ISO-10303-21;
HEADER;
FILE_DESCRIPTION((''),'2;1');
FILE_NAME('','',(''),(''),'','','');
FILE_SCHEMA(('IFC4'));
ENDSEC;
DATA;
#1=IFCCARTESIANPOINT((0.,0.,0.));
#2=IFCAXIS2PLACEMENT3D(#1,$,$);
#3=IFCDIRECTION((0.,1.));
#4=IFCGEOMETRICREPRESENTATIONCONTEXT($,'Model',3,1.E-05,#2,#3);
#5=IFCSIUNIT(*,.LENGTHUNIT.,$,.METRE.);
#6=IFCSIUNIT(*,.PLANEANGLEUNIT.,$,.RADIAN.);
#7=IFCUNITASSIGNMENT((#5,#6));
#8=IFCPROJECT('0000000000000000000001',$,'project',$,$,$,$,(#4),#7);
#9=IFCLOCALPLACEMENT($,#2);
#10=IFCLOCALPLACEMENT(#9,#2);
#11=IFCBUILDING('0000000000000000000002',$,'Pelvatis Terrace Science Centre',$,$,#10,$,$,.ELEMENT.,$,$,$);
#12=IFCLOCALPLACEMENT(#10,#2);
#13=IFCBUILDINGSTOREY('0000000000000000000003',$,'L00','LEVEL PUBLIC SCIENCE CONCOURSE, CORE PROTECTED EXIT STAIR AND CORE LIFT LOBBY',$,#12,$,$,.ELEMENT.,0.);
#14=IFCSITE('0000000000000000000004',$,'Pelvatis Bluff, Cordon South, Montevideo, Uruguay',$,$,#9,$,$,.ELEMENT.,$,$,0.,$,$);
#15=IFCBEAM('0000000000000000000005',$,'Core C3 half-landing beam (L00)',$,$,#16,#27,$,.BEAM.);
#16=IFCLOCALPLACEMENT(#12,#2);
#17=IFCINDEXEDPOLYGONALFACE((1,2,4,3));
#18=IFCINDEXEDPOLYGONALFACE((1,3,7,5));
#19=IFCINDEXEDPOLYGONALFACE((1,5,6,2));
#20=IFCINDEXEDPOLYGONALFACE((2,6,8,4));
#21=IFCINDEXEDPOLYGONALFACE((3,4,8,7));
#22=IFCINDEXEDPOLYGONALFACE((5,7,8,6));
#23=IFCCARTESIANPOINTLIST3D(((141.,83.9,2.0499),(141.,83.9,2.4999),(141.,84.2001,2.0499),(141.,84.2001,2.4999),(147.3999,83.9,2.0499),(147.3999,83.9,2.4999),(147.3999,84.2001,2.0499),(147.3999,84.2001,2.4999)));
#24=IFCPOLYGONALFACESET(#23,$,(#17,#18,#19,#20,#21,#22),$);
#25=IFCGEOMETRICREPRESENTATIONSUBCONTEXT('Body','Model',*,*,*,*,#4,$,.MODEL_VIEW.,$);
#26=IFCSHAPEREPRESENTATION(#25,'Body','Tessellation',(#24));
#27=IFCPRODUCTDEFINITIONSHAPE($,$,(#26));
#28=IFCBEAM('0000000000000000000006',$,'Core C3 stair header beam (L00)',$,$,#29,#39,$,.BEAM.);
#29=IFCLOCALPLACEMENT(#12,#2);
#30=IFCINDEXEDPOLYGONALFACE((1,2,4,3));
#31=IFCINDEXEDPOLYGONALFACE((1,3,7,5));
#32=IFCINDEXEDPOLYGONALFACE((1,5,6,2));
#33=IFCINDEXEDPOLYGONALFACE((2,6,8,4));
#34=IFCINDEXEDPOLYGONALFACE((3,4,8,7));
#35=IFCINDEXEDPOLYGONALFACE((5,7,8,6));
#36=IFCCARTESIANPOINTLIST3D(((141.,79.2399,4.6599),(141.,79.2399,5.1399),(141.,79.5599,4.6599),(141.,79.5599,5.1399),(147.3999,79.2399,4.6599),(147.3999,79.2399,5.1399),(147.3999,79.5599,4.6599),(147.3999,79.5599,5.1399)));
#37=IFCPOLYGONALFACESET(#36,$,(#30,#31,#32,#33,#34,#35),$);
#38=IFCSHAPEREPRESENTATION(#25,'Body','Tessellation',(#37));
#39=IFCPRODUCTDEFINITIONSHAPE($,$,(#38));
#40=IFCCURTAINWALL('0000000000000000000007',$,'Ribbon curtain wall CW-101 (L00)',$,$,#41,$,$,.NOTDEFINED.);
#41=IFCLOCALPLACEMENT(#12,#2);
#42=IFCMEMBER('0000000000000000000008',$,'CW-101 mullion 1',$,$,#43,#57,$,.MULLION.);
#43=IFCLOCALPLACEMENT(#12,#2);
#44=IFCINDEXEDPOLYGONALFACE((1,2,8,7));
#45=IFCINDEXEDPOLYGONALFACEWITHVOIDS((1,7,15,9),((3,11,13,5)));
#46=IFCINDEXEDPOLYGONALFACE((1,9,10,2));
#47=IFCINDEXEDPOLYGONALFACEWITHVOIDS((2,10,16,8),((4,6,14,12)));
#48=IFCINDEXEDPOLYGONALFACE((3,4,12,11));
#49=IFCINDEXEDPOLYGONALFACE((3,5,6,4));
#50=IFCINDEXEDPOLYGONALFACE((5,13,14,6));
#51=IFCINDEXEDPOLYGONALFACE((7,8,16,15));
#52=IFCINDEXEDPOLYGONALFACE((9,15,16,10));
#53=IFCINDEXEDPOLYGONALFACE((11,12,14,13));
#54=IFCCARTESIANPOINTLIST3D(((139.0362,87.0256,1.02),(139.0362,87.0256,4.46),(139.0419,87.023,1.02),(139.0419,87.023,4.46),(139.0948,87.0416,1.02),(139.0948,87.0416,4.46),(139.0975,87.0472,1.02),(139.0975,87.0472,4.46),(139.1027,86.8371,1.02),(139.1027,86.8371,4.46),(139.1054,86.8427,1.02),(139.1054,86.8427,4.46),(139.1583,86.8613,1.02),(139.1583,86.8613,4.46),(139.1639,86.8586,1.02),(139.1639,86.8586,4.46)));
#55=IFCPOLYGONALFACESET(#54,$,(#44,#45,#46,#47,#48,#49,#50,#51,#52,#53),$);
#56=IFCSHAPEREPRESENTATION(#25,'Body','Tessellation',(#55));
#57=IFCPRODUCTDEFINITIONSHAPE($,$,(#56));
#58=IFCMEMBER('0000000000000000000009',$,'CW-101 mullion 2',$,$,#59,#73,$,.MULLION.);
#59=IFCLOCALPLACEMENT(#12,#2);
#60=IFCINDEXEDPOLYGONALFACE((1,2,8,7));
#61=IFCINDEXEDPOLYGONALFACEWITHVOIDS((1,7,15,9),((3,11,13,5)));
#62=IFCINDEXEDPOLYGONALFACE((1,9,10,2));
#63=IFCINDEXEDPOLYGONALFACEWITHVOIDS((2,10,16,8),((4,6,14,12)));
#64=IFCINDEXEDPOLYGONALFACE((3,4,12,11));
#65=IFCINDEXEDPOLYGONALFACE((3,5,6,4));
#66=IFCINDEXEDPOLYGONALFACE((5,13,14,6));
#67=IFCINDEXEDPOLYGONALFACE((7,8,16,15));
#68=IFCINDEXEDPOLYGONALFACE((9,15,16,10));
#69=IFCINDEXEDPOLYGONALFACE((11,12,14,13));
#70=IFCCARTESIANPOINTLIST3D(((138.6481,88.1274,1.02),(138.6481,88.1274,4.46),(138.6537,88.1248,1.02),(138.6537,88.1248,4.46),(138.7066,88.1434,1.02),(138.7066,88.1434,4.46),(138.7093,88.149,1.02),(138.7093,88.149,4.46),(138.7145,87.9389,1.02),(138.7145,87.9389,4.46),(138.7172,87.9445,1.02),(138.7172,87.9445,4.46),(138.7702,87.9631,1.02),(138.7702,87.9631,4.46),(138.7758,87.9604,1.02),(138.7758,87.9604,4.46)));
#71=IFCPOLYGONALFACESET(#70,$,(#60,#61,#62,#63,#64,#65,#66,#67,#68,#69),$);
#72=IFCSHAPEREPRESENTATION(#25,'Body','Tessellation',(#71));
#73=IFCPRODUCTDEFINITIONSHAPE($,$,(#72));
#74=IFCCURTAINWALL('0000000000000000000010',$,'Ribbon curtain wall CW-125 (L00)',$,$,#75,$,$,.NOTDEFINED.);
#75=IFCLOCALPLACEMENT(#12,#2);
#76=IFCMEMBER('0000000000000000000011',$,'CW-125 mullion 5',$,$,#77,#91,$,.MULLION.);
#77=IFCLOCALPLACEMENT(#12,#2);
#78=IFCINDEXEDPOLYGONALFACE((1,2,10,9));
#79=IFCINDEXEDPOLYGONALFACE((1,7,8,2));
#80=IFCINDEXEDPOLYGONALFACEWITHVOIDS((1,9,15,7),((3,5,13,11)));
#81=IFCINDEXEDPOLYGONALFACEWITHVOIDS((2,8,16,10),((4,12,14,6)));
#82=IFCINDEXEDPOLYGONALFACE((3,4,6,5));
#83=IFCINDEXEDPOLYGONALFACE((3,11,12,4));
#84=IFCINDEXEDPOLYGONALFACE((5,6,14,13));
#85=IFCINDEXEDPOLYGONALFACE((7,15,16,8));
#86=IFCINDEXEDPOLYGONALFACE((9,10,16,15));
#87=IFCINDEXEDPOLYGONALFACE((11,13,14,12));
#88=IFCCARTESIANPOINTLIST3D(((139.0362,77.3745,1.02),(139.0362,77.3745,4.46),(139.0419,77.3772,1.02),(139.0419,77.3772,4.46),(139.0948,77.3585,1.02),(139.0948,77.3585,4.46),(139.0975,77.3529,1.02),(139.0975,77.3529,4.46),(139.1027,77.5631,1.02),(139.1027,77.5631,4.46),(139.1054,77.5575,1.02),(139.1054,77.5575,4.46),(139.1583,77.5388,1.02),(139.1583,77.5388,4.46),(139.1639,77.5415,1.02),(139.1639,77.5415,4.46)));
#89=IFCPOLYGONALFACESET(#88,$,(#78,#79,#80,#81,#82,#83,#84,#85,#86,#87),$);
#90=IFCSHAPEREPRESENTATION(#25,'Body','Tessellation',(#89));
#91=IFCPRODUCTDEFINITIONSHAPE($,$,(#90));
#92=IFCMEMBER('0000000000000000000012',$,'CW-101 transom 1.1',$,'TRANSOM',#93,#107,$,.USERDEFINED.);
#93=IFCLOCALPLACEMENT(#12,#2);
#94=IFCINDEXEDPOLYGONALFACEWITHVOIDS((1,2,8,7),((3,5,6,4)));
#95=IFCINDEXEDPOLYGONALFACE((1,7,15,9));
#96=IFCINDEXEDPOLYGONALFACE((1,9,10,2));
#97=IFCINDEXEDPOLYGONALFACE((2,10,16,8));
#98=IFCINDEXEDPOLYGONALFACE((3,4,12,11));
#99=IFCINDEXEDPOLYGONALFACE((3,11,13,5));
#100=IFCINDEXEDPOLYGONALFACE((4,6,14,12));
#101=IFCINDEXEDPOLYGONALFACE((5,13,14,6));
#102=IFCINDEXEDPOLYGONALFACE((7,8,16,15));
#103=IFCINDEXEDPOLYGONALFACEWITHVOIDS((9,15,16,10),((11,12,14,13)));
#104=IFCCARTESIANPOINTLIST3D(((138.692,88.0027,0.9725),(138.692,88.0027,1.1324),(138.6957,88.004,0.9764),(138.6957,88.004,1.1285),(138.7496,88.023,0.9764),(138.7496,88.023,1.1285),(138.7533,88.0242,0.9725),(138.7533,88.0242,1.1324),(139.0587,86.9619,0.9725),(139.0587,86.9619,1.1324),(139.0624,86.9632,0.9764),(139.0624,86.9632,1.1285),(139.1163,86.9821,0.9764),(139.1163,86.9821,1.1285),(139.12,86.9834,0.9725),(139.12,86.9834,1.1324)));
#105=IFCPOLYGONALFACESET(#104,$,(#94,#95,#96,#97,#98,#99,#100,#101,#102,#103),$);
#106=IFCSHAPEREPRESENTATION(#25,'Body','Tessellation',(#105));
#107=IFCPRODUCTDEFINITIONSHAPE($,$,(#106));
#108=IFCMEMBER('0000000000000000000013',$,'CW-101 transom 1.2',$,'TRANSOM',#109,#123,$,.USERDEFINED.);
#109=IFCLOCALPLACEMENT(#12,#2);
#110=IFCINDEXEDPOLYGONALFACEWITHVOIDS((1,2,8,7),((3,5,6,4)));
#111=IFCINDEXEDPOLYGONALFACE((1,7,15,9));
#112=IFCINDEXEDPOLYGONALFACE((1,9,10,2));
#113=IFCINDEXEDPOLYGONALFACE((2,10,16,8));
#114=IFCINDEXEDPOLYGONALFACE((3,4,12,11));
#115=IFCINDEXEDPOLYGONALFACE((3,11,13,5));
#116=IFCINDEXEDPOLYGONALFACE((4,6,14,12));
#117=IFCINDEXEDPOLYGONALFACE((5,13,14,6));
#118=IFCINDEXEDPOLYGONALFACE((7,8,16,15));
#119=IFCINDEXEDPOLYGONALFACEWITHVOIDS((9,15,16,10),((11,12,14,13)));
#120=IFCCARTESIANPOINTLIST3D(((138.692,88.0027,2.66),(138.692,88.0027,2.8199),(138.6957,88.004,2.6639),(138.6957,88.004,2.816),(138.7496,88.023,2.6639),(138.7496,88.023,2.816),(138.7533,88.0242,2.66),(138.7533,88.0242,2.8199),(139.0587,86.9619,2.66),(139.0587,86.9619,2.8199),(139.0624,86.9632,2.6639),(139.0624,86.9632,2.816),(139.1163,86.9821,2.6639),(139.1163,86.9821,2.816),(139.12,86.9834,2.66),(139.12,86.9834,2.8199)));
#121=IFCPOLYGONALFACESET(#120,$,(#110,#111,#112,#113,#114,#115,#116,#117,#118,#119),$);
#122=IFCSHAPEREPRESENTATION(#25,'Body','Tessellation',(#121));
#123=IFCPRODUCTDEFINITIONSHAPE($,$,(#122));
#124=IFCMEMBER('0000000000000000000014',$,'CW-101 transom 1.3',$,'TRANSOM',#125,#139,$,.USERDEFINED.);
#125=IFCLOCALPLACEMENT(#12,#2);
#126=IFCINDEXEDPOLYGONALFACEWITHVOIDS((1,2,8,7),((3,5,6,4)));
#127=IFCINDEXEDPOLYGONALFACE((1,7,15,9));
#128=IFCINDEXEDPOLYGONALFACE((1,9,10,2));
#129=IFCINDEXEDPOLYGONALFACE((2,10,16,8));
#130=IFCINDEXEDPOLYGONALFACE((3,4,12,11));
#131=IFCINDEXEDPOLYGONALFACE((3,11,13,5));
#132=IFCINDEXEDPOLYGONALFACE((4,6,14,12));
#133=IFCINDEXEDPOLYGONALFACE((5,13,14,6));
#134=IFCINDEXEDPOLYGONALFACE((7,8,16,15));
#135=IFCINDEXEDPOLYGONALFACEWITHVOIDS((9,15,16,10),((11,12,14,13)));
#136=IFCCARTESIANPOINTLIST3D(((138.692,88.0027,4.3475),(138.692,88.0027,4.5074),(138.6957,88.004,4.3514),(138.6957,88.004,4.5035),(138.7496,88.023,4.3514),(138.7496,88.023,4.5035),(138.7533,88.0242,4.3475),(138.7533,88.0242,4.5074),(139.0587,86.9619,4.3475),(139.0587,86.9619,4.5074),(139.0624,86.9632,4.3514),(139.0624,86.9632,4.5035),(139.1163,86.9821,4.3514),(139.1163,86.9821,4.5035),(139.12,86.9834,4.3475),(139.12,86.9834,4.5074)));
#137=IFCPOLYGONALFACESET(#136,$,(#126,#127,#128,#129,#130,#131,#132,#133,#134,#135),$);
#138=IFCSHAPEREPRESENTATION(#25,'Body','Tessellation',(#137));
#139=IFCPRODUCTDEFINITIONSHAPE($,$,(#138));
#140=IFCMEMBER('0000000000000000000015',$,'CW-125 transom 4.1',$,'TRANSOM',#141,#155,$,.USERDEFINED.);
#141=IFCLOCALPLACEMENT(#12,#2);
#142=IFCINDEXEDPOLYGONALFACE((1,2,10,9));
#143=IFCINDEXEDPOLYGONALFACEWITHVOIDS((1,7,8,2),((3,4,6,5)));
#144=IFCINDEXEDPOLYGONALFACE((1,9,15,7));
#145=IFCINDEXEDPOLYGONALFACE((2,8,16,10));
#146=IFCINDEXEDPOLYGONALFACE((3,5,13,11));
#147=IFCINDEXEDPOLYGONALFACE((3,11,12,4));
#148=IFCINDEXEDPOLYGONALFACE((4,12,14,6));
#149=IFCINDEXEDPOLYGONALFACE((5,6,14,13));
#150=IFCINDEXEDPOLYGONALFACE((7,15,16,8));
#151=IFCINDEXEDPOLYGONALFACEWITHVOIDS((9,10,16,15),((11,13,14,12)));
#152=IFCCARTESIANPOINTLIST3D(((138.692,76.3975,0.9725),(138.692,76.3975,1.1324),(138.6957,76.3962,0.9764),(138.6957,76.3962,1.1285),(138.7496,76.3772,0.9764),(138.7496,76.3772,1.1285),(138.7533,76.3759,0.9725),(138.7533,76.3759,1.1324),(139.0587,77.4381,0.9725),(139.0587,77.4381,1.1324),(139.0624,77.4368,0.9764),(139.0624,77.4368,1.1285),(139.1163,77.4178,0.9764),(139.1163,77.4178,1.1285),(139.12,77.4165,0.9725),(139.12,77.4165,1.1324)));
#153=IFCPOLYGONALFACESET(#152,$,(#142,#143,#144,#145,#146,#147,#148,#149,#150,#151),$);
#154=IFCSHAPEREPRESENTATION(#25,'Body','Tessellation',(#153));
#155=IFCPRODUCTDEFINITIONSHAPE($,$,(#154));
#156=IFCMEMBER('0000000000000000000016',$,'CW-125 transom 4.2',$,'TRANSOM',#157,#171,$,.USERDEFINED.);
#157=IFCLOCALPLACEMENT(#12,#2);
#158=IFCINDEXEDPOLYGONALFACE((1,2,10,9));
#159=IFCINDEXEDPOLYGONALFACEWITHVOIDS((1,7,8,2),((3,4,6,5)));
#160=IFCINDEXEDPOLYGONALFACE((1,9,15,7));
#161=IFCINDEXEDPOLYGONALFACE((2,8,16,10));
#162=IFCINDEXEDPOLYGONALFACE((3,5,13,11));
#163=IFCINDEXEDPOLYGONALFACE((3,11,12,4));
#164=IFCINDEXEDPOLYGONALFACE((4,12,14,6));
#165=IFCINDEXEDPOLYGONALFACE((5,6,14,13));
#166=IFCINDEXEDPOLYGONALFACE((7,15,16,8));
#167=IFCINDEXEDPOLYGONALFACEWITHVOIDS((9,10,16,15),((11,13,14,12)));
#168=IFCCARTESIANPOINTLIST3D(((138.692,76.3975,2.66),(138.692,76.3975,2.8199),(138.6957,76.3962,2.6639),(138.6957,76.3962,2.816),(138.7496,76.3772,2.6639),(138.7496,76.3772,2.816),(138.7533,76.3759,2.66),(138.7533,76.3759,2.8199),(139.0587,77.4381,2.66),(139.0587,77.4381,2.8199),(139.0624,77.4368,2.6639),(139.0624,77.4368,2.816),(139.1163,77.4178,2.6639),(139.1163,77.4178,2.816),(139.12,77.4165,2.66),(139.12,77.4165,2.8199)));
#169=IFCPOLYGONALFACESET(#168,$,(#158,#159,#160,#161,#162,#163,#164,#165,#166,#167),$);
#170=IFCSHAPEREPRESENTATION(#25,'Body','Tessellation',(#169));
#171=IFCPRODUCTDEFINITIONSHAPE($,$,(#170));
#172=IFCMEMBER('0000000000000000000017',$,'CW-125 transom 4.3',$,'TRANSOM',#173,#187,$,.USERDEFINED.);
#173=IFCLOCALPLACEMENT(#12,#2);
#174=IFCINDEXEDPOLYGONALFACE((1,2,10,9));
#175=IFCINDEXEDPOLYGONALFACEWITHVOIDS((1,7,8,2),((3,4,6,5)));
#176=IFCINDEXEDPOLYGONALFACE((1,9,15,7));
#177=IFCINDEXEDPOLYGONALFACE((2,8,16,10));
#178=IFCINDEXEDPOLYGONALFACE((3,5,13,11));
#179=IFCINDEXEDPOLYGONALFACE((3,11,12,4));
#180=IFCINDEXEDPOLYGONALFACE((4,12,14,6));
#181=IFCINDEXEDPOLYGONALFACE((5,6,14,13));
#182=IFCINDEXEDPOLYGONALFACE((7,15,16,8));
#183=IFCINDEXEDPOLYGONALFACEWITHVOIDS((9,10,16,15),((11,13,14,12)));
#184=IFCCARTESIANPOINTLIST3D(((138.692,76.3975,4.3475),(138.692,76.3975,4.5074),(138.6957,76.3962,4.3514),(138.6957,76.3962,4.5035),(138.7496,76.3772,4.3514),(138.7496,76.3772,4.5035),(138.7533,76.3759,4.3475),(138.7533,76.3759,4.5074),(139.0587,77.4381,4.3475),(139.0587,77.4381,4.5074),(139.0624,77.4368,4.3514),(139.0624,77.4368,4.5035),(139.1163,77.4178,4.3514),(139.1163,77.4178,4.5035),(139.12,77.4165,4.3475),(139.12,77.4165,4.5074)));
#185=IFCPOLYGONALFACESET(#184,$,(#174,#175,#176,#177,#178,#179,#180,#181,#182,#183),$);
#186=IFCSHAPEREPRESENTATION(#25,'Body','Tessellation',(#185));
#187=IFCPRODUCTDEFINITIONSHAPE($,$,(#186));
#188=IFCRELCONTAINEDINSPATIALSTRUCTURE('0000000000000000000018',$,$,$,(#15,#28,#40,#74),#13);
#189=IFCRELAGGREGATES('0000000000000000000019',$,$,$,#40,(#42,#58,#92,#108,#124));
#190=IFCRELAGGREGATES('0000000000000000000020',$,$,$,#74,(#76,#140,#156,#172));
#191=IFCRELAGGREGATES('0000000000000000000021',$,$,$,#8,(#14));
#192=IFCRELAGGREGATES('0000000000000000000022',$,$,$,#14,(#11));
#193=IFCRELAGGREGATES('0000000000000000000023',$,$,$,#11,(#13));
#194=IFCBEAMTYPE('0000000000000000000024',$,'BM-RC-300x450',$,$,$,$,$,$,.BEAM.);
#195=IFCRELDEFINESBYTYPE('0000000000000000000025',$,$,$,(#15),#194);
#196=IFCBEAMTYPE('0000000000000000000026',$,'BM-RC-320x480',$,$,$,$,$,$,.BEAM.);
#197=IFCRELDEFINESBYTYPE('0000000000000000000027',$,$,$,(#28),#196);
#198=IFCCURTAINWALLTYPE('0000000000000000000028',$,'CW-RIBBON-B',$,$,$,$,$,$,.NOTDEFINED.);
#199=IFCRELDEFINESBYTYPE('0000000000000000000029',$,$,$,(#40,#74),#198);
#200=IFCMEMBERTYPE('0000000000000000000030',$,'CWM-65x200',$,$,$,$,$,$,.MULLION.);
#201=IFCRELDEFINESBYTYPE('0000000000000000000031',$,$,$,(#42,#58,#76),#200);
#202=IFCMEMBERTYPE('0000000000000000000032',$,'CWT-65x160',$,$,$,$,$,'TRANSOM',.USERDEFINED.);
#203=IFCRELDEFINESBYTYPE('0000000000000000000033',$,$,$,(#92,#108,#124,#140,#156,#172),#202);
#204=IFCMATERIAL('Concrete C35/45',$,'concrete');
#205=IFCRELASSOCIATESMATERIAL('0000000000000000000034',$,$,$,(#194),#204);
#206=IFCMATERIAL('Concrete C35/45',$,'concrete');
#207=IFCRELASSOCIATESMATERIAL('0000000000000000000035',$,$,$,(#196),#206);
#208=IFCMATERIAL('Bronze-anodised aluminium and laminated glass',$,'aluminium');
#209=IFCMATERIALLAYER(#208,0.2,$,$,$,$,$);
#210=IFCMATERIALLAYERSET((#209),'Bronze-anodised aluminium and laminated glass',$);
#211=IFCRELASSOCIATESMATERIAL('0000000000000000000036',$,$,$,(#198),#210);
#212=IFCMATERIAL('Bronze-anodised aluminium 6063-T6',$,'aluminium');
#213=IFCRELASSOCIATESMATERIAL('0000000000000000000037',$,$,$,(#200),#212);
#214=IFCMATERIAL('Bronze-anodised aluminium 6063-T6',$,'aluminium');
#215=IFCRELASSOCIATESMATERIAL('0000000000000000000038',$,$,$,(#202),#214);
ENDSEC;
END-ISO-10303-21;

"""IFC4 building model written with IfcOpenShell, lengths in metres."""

from ifc_helpers import new_model, si_unit, direction, frame, origin, origin_2d, place, context, subcontext, project, spatial, rectangle, hollow_rectangle, extrude, material, layer, layer_set, material_profile, profile_set, type_object, element, aggregate, save


model = new_model("IFC4")

# Units and contexts
model_context = context("Model", 3, precision=1e-05, world=origin(), true_north=direction((0.0, 1.0)))
body_context = subcontext(model_context, "Body", "Model", "MODEL_VIEW")
ifc_project = project(units=[si_unit("LENGTHUNIT", "METRE"), si_unit("PLANEANGLEUNIT", "RADIAN")], contexts=[model_context])

# Site, building, storey
site_placement = place(None, origin())
site = spatial("IfcSite", under=ifc_project, at=site_placement, Name="Pelvatis Bluff, Cordon South, Montevideo, Uruguay", CompositionType="ELEMENT", RefElevation=0.0)
building_placement = place(site_placement, origin())
building = spatial("IfcBuilding", under=site, at=building_placement, Name="Pelvatis Terrace Science Centre", CompositionType="ELEMENT")
storey_placement = place(building_placement, origin())
storey = spatial("IfcBuildingStorey", under=building, at=storey_placement, Name="L00", Description="LEVEL PUBLIC SCIENCE CONCOURSE, CORE PROTECTED EXIT STAIR AND CORE LIFT LOBBY", CompositionType="ELEMENT", Elevation=0.0)

# Beams
ifc_material_1 = material(Name="Concrete C35/45", Category="concrete")
ifc_material_profile_1 = material_profile(ifc_material_1, rectangle(XDim=0.3, YDim=0.45, at=origin_2d()), Name="RC-BM 300x450")
ifc_profile_set_1 = profile_set([ifc_material_profile_1], Name="Concrete C35/45")
beam_type_1 = type_object("IfcBeamType", Name="BM-RC-300x450", PredefinedType="BEAM", material=ifc_profile_set_1)
beam_1_placement = place(storey_placement, frame((141.0, 84.05, 2.2749), z_axis=(1.0, 0.0, 0.0), x_axis=(0.0, 1.0, 0.0)))
element("IfcBeam", 1, at=beam_1_placement, inside=storey, type_object=beam_type_1, Name="Core C3 half-landing beam (L00)", PredefinedType="BEAM", context=body_context, shape_type="SweptSolid", body=[
    extrude(rectangle(XDim=0.3, YDim=0.45, at=origin_2d()), origin(), (0.0, 0.0, 1.0), 6.3999),
])
ifc_material_2 = material(Name="Concrete C35/45", Category="concrete")
ifc_material_profile_2 = material_profile(ifc_material_2, rectangle(XDim=0.3201, YDim=0.48, at=origin_2d()), Name="RC-BM 320x480")
ifc_profile_set_2 = profile_set([ifc_material_profile_2], Name="Concrete C35/45")
beam_type_2 = type_object("IfcBeamType", Name="BM-RC-320x480", PredefinedType="BEAM", material=ifc_profile_set_2)
beam_2_placement = place(storey_placement, frame((141.0, 79.3999, 4.8999), z_axis=(1.0, 0.0, 0.0), x_axis=(0.0, 1.0, 0.0)))
element("IfcBeam", 2, at=beam_2_placement, inside=storey, type_object=beam_type_2, Name="Core C3 stair header beam (L00)", PredefinedType="BEAM", context=body_context, shape_type="SweptSolid", body=[
    extrude(rectangle(XDim=0.3201, YDim=0.48, at=origin_2d()), origin(), (0.0, 0.0, 1.0), 6.3999),
])

# Curtain wall, members
ifc_material_3 = material(Name="Bronze-anodised aluminium and laminated glass", Category="aluminium")
ifc_layer_1 = layer(ifc_material_3, 0.2)
ifc_layer_set_1 = layer_set([ifc_layer_1], Name="Bronze-anodised aluminium and laminated glass")
curtain_wall_type = type_object("IfcCurtainWallType", Name="CW-RIBBON-B", PredefinedType="NOTDEFINED", material=ifc_layer_set_1)
curtain_wall_1_placement = place(storey_placement, origin())
curtain_wall_1 = element("IfcCurtainWall", 3, at=curtain_wall_1_placement, inside=storey, type_object=curtain_wall_type, Name="Ribbon curtain wall CW-101 (L00)", PredefinedType="NOTDEFINED")
ifc_material_4 = material(Name="Bronze-anodised aluminium 6063-T6", Category="aluminium")
ifc_material_profile_3 = material_profile(ifc_material_4, hollow_rectangle(XDim=0.0649, YDim=0.2, WallThickness=0.0044, at=origin_2d()), Name="ALU-MUL 65x200")
ifc_profile_set_3 = profile_set([ifc_material_profile_3], Name="Bronze-anodised aluminium 6063-T6")
member_type_1 = type_object("IfcMemberType", Name="CWM-65x200", PredefinedType="MULLION", material=ifc_profile_set_3)
member_1_placement = place(storey_placement, frame((139.1001, 86.9421, 1.02), z_axis=(0.0, 0.0, 1.0), x_axis=(-0.943171, -0.332308, 0.0)))
member_1 = element("IfcMember", 4, at=member_1_placement, type_object=member_type_1, Name="CW-101 mullion 1", PredefinedType="MULLION", context=body_context, shape_type="SweptSolid", body=[
    extrude(hollow_rectangle(XDim=0.0649, YDim=0.2, WallThickness=0.0044, at=origin_2d()), origin(), (0.0, 0.0, 1.0), 3.4399),
])
member_2_placement = place(storey_placement, frame((138.7119, 88.0439, 1.02), z_axis=(0.0, 0.0, 1.0), x_axis=(-0.943171, -0.332308, 0.0)))
member_2 = element("IfcMember", 5, at=member_2_placement, type_object=member_type_1, Name="CW-101 mullion 2", PredefinedType="MULLION", context=body_context, shape_type="SweptSolid", body=[
    extrude(hollow_rectangle(XDim=0.0649, YDim=0.2, WallThickness=0.0044, at=origin_2d()), origin(), (0.0, 0.0, 1.0), 3.4399),
])

# Curtain wall, member
curtain_wall_2_placement = place(storey_placement, origin())
curtain_wall_2 = element("IfcCurtainWall", 6, at=curtain_wall_2_placement, inside=storey, type_object=curtain_wall_type, Name="Ribbon curtain wall CW-125 (L00)", PredefinedType="NOTDEFINED")
member_3_placement = place(storey_placement, frame((139.1001, 77.458, 1.02), z_axis=(0.0, 0.0, 1.0), x_axis=(-0.943171, 0.332308, 0.0)))
member_3 = element("IfcMember", 7, at=member_3_placement, type_object=member_type_1, Name="CW-125 mullion 5", PredefinedType="MULLION", context=body_context, shape_type="SweptSolid", body=[
    extrude(hollow_rectangle(XDim=0.0649, YDim=0.2, WallThickness=0.0044, at=origin_2d()), origin(), (0.0, 0.0, 1.0), 3.4399),
])

# Members
ifc_material_5 = material(Name="Bronze-anodised aluminium 6063-T6", Category="aluminium")
ifc_material_profile_4 = material_profile(ifc_material_5, hollow_rectangle(XDim=0.0649, YDim=0.1599, WallThickness=0.0039, at=origin_2d()), Name="ALU-TRN 65x160")
ifc_profile_set_4 = profile_set([ifc_material_profile_4], Name="Bronze-anodised aluminium 6063-T6")
member_type_2 = type_object("IfcMemberType", Name="CWT-65x160", ElementType="TRANSOM", PredefinedType="USERDEFINED", material=ifc_profile_set_4)
member_4_placement = place(storey_placement, frame((139.0894, 86.9727, 1.0525), z_axis=(-0.332311, 0.94317, 0.0), x_axis=(-0.94317, -0.332311, 0.0)))
member_4 = element("IfcMember", 8, at=member_4_placement, type_object=member_type_2, Name="CW-101 transom 1.1", ObjectType="TRANSOM", PredefinedType="USERDEFINED", context=body_context, shape_type="SweptSolid", body=[
    extrude(hollow_rectangle(XDim=0.0649, YDim=0.1599, WallThickness=0.0039, at=origin_2d()), origin(), (0.0, 0.0, 1.0), 1.1035),
])
member_5_placement = place(storey_placement, frame((139.0894, 86.9727, 2.74), z_axis=(-0.332311, 0.94317, 0.0), x_axis=(-0.94317, -0.332311, 0.0)))
member_5 = element("IfcMember", 9, at=member_5_placement, type_object=member_type_2, Name="CW-101 transom 1.2", ObjectType="TRANSOM", PredefinedType="USERDEFINED", context=body_context, shape_type="SweptSolid", body=[
    extrude(hollow_rectangle(XDim=0.0649, YDim=0.1599, WallThickness=0.0039, at=origin_2d()), origin(), (0.0, 0.0, 1.0), 1.1035),
])
member_6_placement = place(storey_placement, frame((139.0894, 86.9727, 4.4275), z_axis=(-0.332311, 0.94317, 0.0), x_axis=(-0.94317, -0.332311, 0.0)))
member_6 = element("IfcMember", 10, at=member_6_placement, type_object=member_type_2, Name="CW-101 transom 1.3", ObjectType="TRANSOM", PredefinedType="USERDEFINED", context=body_context, shape_type="SweptSolid", body=[
    extrude(hollow_rectangle(XDim=0.0649, YDim=0.1599, WallThickness=0.0039, at=origin_2d()), origin(), (0.0, 0.0, 1.0), 1.1035),
])
member_7_placement = place(storey_placement, frame((138.7227, 76.3867, 1.0525), z_axis=(0.33238, 0.943145, 0.0), x_axis=(-0.943145, 0.33238, 0.0)))
member_7 = element("IfcMember", 11, at=member_7_placement, type_object=member_type_2, Name="CW-125 transom 4.1", ObjectType="TRANSOM", PredefinedType="USERDEFINED", context=body_context, shape_type="SweptSolid", body=[
    extrude(hollow_rectangle(XDim=0.0649, YDim=0.1599, WallThickness=0.0039, at=origin_2d()), origin(), (0.0, 0.0, 1.0), 1.1033),
])
member_8_placement = place(storey_placement, frame((138.7227, 76.3867, 2.74), z_axis=(0.33238, 0.943145, 0.0), x_axis=(-0.943145, 0.33238, 0.0)))
member_8 = element("IfcMember", 12, at=member_8_placement, type_object=member_type_2, Name="CW-125 transom 4.2", ObjectType="TRANSOM", PredefinedType="USERDEFINED", context=body_context, shape_type="SweptSolid", body=[
    extrude(hollow_rectangle(XDim=0.0649, YDim=0.1599, WallThickness=0.0039, at=origin_2d()), origin(), (0.0, 0.0, 1.0), 1.1033),
])
member_9_placement = place(storey_placement, frame((138.7227, 76.3867, 4.4275), z_axis=(0.33238, 0.943145, 0.0), x_axis=(-0.943145, 0.33238, 0.0)))
member_9 = element("IfcMember", 13, at=member_9_placement, type_object=member_type_2, Name="CW-125 transom 4.3", ObjectType="TRANSOM", PredefinedType="USERDEFINED", context=body_context, shape_type="SweptSolid", body=[
    extrude(hollow_rectangle(XDim=0.0649, YDim=0.1599, WallThickness=0.0039, at=origin_2d()), origin(), (0.0, 0.0, 1.0), 1.1033),
])

aggregate(curtain_wall_1, [member_1, member_2, member_4, member_5, member_6])
aggregate(curtain_wall_2, [member_3, member_7, member_8, member_9])

save(model, "model.ifc")
